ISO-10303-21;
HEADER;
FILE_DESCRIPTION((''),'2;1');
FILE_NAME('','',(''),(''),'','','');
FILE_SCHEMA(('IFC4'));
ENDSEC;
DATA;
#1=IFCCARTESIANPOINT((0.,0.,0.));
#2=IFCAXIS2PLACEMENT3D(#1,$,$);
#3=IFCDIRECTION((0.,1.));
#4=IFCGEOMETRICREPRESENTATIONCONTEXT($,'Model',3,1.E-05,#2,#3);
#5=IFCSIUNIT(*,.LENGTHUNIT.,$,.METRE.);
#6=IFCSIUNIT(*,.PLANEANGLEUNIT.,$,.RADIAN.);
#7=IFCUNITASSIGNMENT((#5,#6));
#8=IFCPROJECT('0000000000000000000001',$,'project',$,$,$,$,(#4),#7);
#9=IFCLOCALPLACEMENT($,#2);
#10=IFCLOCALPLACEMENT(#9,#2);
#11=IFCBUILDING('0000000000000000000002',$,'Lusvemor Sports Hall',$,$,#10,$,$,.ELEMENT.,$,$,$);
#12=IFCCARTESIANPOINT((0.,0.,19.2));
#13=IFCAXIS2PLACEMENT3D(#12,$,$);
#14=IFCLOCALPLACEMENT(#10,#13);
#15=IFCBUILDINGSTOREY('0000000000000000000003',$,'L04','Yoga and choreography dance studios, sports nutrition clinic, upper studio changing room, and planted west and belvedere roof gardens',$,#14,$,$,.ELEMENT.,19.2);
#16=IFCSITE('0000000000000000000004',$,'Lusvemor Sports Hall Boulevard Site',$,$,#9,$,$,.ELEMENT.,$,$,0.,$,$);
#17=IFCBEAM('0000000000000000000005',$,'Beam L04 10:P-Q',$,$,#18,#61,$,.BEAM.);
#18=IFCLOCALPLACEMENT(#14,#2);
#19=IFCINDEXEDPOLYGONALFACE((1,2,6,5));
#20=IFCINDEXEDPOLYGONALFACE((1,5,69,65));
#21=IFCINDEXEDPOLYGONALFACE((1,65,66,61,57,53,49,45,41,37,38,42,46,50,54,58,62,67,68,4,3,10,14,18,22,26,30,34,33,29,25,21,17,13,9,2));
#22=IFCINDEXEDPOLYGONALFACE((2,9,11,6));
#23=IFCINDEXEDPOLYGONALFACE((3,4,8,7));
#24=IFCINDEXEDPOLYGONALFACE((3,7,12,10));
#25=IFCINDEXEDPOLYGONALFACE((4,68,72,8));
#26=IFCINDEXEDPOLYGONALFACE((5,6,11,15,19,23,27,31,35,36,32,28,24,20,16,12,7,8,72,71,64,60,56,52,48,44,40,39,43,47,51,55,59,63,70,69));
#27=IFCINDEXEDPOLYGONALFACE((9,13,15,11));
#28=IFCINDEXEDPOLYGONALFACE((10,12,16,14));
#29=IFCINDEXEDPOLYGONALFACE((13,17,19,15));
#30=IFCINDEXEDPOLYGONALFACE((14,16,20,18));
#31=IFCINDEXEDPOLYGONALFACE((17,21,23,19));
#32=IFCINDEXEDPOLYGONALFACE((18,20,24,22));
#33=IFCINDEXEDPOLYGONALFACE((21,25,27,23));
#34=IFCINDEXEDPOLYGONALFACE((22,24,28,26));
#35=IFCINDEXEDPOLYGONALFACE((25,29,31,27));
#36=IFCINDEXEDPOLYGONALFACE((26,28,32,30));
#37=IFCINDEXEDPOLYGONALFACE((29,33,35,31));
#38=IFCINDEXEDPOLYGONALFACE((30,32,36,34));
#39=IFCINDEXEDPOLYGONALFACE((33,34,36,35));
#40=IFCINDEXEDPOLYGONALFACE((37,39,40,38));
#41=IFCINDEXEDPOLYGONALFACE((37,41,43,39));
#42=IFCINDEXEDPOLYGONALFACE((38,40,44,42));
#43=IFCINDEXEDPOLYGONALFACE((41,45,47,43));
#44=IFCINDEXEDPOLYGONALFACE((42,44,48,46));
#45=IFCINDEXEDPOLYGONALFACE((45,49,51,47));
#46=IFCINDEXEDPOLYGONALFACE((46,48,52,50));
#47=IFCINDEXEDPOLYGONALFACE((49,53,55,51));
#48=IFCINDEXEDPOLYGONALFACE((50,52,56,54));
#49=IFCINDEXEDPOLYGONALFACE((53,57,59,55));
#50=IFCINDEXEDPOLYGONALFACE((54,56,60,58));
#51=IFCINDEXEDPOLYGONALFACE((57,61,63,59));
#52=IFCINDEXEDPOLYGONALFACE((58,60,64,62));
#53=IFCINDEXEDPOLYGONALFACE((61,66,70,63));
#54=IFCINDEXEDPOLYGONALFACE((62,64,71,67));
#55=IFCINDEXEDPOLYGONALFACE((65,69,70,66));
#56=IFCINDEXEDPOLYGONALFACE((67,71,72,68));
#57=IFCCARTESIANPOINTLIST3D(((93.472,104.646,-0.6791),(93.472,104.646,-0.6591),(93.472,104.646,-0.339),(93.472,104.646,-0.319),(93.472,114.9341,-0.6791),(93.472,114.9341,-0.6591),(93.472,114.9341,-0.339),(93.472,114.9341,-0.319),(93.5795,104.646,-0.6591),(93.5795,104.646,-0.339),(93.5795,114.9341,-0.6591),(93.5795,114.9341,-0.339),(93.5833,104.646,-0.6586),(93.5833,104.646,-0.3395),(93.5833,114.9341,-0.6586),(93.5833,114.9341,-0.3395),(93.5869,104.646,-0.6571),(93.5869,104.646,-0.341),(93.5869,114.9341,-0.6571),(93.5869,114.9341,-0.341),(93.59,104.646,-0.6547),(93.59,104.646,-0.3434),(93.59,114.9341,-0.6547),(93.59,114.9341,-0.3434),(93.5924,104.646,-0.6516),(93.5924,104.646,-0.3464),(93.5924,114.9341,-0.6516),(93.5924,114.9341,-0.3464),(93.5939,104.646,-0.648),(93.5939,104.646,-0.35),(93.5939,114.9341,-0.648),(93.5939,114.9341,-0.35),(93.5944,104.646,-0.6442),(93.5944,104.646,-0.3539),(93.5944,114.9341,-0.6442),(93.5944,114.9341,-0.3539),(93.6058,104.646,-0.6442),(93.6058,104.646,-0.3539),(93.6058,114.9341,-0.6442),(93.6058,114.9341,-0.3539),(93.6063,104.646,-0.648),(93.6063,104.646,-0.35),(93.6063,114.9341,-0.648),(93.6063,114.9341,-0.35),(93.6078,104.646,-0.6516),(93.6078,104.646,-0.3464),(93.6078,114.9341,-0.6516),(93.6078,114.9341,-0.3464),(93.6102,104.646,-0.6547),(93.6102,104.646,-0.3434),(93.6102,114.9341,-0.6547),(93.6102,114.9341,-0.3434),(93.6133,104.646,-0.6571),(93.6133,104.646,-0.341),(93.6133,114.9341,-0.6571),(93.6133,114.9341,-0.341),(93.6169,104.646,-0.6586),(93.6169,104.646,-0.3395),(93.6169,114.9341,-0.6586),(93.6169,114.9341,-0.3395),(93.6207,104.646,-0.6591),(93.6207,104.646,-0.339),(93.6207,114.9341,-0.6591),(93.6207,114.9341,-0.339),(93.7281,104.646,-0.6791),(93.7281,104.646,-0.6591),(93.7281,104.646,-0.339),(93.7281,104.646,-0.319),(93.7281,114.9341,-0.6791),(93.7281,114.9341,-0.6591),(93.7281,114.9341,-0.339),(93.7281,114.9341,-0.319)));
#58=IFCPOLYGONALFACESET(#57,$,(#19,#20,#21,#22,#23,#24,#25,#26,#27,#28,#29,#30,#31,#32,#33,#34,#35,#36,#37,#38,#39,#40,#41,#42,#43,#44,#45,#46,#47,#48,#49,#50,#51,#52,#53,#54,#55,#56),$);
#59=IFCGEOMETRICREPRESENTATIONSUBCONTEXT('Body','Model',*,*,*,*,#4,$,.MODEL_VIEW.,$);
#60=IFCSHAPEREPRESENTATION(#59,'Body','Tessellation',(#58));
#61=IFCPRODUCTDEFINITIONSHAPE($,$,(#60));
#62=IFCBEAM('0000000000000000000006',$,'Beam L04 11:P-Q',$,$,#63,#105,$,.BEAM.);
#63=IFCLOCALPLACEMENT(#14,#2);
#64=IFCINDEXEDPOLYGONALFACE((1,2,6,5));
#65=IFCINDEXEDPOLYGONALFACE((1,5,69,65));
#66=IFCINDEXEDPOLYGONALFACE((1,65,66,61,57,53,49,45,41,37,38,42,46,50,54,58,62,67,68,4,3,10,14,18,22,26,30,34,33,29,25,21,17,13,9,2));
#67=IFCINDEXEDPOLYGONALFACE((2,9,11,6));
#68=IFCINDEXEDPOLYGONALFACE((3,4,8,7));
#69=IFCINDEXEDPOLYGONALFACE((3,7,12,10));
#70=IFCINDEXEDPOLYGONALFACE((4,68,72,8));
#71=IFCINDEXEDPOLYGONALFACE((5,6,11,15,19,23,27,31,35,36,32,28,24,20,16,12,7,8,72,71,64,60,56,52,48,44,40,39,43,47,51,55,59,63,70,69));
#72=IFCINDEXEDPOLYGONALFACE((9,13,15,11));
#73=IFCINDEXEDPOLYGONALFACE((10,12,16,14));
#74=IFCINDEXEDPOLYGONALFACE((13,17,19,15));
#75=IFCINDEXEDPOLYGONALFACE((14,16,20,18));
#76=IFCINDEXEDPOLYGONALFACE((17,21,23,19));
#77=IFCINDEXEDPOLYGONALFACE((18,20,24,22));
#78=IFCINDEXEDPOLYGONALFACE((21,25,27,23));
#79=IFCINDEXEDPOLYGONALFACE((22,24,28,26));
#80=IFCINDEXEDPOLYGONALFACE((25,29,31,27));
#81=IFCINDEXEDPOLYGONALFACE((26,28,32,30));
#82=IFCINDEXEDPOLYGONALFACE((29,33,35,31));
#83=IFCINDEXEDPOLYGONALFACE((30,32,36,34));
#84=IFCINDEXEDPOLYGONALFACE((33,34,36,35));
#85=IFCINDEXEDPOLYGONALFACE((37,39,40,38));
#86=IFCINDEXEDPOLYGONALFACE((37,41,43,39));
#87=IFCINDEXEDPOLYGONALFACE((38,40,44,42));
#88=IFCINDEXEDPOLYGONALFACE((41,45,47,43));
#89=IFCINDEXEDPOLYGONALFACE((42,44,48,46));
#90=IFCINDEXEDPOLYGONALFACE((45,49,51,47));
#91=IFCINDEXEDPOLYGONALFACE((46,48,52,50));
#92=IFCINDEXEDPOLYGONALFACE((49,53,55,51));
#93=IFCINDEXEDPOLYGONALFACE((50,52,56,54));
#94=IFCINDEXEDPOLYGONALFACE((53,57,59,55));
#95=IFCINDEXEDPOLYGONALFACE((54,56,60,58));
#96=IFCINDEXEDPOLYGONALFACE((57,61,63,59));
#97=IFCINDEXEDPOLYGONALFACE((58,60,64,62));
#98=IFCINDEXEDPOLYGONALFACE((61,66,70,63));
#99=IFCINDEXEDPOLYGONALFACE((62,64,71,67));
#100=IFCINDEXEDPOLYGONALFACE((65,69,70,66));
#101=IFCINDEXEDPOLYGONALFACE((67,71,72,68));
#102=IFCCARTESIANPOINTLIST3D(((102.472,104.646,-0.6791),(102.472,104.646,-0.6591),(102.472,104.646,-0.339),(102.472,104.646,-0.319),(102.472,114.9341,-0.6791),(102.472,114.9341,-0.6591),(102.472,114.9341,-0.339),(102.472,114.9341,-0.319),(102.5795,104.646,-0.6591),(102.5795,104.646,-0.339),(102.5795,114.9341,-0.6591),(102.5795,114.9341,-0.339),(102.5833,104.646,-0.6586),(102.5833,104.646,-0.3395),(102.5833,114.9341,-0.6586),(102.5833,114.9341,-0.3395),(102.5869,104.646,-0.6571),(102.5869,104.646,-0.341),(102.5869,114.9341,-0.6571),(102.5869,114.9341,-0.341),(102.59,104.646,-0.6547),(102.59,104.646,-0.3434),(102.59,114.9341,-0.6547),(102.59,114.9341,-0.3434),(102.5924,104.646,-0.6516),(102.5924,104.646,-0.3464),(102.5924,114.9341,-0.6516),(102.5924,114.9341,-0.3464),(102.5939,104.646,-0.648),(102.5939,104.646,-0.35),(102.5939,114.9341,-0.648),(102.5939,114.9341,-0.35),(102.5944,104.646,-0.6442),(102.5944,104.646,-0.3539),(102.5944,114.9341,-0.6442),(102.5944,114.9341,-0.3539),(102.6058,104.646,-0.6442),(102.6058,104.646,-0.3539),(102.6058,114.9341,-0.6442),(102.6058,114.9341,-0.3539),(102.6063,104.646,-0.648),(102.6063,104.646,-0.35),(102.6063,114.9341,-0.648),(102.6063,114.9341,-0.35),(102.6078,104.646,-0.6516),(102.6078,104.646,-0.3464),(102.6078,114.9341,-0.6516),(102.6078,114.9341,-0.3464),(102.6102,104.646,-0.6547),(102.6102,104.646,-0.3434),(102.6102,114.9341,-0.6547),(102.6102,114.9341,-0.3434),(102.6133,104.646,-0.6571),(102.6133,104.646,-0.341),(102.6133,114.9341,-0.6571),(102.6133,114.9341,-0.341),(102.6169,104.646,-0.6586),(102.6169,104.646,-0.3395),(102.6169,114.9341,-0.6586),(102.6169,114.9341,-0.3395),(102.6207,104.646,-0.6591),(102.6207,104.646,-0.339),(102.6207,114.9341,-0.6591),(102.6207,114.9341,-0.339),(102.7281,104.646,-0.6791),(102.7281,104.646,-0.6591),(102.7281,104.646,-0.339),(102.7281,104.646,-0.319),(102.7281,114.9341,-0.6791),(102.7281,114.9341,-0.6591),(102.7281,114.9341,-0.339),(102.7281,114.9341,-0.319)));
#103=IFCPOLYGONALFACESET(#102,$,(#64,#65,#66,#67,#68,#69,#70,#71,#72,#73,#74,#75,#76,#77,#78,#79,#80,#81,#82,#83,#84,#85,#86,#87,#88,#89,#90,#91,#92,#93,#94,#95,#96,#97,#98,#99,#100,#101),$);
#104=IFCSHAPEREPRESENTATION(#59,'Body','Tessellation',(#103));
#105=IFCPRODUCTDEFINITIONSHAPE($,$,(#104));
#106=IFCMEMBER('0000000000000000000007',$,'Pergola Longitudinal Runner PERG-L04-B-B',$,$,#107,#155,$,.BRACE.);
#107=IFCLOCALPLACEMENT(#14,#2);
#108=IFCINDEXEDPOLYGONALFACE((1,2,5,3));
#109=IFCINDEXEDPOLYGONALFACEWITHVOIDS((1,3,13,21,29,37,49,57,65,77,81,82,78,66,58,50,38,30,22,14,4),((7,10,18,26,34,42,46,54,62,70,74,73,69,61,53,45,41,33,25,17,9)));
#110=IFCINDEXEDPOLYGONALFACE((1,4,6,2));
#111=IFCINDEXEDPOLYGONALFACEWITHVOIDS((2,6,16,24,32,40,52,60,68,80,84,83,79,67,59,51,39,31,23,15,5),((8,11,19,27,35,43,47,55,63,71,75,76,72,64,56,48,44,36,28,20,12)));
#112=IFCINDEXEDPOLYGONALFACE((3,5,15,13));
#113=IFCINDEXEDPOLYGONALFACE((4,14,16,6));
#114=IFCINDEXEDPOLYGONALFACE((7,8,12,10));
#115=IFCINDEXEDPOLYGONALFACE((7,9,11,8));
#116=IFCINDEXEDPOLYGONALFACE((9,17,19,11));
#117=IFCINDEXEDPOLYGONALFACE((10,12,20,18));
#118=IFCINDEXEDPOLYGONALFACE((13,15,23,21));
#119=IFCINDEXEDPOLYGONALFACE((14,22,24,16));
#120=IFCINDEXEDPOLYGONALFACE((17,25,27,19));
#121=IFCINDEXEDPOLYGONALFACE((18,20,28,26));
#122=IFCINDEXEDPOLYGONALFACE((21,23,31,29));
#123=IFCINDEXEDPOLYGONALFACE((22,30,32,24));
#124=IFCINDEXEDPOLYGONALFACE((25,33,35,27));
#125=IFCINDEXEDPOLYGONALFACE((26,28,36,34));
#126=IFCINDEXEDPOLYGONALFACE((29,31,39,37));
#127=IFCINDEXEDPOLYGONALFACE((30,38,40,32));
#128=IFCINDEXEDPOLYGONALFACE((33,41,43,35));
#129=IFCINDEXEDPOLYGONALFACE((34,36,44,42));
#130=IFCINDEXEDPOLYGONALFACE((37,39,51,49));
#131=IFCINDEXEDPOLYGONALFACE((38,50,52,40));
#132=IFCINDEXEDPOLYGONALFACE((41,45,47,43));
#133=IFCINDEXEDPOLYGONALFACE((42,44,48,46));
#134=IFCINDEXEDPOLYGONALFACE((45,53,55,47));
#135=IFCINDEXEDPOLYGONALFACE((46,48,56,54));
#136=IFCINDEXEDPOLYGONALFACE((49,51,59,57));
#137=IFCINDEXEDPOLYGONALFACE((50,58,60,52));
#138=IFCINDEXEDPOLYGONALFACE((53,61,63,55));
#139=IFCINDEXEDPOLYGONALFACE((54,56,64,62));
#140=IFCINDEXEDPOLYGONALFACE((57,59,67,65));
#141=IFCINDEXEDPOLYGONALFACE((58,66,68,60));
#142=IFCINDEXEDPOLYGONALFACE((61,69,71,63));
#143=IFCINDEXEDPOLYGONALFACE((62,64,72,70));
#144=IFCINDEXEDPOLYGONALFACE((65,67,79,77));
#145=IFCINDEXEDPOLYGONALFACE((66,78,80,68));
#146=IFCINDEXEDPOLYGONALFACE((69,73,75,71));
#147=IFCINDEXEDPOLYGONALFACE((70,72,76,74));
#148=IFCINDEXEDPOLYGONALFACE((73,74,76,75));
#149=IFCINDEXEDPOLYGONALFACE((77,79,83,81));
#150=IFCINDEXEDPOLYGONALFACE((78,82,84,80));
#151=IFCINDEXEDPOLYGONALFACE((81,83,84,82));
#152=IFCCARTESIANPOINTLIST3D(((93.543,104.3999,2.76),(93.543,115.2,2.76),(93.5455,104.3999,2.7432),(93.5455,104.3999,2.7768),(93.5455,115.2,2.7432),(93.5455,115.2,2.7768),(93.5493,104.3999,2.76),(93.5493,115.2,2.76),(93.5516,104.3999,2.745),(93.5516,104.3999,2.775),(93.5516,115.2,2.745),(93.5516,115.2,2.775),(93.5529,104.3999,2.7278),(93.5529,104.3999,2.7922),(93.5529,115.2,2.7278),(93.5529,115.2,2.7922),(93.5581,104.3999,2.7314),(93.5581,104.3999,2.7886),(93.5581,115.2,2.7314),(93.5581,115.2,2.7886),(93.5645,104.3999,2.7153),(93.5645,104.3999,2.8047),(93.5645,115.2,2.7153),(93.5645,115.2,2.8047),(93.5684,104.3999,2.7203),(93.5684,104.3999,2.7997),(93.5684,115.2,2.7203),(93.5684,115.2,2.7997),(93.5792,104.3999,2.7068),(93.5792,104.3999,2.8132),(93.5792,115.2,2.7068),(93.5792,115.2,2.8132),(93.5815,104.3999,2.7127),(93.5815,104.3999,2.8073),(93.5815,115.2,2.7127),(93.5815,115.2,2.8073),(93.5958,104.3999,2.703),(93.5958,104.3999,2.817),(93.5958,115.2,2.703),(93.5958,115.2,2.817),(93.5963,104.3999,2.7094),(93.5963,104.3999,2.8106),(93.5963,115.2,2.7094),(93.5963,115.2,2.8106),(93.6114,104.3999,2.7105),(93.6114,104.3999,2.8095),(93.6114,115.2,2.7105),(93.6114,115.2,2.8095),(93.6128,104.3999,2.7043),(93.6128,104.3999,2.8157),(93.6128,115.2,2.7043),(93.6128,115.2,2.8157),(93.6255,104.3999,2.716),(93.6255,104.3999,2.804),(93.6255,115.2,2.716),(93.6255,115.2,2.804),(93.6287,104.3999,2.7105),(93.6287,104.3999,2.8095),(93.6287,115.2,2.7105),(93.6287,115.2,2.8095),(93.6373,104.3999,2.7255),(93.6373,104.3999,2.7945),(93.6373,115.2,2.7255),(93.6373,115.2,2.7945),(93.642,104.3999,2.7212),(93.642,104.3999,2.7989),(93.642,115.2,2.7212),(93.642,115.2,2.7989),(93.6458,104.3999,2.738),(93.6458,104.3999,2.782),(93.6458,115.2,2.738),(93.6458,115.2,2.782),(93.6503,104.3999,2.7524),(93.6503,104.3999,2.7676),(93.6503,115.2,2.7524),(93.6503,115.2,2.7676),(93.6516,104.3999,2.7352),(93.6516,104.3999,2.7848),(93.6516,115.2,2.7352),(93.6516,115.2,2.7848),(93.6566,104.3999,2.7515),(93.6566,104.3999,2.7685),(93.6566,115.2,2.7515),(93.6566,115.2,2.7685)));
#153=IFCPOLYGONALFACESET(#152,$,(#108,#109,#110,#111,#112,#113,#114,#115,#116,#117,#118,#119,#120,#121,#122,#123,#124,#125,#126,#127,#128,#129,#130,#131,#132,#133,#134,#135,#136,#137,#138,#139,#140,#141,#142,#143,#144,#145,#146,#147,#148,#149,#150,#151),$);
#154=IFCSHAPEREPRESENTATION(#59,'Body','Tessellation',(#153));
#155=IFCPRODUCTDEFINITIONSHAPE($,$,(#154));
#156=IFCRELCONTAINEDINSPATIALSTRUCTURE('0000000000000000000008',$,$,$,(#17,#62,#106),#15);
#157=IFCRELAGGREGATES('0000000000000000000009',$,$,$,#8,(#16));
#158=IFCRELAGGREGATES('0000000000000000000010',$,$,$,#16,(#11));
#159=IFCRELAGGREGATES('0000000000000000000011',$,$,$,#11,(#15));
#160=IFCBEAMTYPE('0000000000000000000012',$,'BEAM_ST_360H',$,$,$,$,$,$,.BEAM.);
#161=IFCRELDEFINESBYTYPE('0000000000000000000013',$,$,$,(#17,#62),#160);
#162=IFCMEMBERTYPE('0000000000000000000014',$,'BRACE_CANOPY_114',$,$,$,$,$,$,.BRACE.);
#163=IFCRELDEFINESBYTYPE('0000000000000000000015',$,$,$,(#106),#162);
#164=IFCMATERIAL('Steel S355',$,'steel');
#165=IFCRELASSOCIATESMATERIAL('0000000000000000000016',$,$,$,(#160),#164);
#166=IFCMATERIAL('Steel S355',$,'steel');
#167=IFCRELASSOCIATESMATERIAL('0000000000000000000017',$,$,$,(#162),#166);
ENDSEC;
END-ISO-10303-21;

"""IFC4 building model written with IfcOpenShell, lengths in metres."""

from ifc_helpers import new_model, si_unit, direction, frame, origin, origin_2d, place, context, subcontext, project, spatial, hollow_circle, i_section, extrude, material, material_profile, profile_set, type_object, element, save


model = new_model("IFC4")

# Units and contexts
model_context = context("Model", 3, precision=1e-05, world=origin(), true_north=direction((0.0, 1.0)))
body_context = subcontext(model_context, "Body", "Model", "MODEL_VIEW")
ifc_project = project(units=[si_unit("LENGTHUNIT", "METRE"), si_unit("PLANEANGLEUNIT", "RADIAN")], contexts=[model_context])

# Site, building, storey
site_placement = place(None, origin())
site = spatial("IfcSite", under=ifc_project, at=site_placement, Name="Lusvemor Sports Hall Boulevard Site", CompositionType="ELEMENT", RefElevation=0.0)
building_placement = place(site_placement, origin())
building = spatial("IfcBuilding", under=site, at=building_placement, Name="Lusvemor Sports Hall", CompositionType="ELEMENT")
storey_placement = place(building_placement, frame((0.0, 0.0, 19.2)))
storey = spatial("IfcBuildingStorey", under=building, at=storey_placement, Name="L04", Description="Yoga and choreography dance studios, sports nutrition clinic, upper studio changing room, and planted west and belvedere roof gardens", CompositionType="ELEMENT", Elevation=19.2)

# Beams
ifc_material_1 = material(Name="Steel S355", Category="steel")
ifc_material_profile_1 = material_profile(ifc_material_1, i_section(OverallWidth=0.2561, OverallDepth=0.3601, WebThickness=0.0115, FlangeThickness=0.02, FilletRadius=0.0149, at=origin_2d()), Name="W360x110.0")
ifc_profile_set_1 = profile_set([ifc_material_profile_1], Name="Steel S355")
beam_type_1 = type_object("IfcBeamType", Name="BEAM_ST_360H", PredefinedType="BEAM", material=ifc_profile_set_1)
for number, where, z_axis, x_axis, name in (
    (1, (93.6001, 104.646, -0.499), (0.0, 1.0, 0.0), (-1.0, 0.0, 0.0), "Beam L04 10:P-Q"),
    (2, (102.6001, 104.646, -0.499), (0.0, 1.0, 0.0), (-1.0, 0.0, 0.0), "Beam L04 11:P-Q"),
):
    element("IfcBeam", number, at=place(storey_placement, frame(where, z_axis=z_axis, x_axis=x_axis)), inside=storey, type_object=beam_type_1, Name=name, PredefinedType="BEAM", context=body_context, shape_type="SweptSolid", body=[
        extrude(i_section(OverallWidth=0.2561, OverallDepth=0.3601, WebThickness=0.0115, FlangeThickness=0.02, FilletRadius=0.0149, at=origin_2d()), origin(), (0.0, 0.0, 1.0), 10.2881),
    ])

# Member
ifc_material_2 = material(Name="Steel S355", Category="steel")
ifc_material_profile_2 = material_profile(ifc_material_2, hollow_circle(Radius=0.0571, WallThickness=0.0063, at=origin_2d()), Name="CHS114.3x6.3")
ifc_profile_set_2 = profile_set([ifc_material_profile_2], Name="Steel S355")
member_type = type_object("IfcMemberType", Name="BRACE_CANOPY_114", PredefinedType="BRACE", material=ifc_profile_set_2)
member_placement = place(storey_placement, frame((93.6001, 104.3999, 2.76), z_axis=(0.0, 1.0, 0.0), x_axis=(-1.0, 0.0, 0.0)))
element("IfcMember", 3, at=member_placement, inside=storey, type_object=member_type, Name="Pergola Longitudinal Runner PERG-L04-B-B", PredefinedType="BRACE", context=body_context, shape_type="SweptSolid", body=[
    extrude(hollow_circle(Radius=0.0571, WallThickness=0.0063, at=origin_2d()), origin(), (0.0, 0.0, 1.0), 10.8),
])

save(model, "model.ifc")
